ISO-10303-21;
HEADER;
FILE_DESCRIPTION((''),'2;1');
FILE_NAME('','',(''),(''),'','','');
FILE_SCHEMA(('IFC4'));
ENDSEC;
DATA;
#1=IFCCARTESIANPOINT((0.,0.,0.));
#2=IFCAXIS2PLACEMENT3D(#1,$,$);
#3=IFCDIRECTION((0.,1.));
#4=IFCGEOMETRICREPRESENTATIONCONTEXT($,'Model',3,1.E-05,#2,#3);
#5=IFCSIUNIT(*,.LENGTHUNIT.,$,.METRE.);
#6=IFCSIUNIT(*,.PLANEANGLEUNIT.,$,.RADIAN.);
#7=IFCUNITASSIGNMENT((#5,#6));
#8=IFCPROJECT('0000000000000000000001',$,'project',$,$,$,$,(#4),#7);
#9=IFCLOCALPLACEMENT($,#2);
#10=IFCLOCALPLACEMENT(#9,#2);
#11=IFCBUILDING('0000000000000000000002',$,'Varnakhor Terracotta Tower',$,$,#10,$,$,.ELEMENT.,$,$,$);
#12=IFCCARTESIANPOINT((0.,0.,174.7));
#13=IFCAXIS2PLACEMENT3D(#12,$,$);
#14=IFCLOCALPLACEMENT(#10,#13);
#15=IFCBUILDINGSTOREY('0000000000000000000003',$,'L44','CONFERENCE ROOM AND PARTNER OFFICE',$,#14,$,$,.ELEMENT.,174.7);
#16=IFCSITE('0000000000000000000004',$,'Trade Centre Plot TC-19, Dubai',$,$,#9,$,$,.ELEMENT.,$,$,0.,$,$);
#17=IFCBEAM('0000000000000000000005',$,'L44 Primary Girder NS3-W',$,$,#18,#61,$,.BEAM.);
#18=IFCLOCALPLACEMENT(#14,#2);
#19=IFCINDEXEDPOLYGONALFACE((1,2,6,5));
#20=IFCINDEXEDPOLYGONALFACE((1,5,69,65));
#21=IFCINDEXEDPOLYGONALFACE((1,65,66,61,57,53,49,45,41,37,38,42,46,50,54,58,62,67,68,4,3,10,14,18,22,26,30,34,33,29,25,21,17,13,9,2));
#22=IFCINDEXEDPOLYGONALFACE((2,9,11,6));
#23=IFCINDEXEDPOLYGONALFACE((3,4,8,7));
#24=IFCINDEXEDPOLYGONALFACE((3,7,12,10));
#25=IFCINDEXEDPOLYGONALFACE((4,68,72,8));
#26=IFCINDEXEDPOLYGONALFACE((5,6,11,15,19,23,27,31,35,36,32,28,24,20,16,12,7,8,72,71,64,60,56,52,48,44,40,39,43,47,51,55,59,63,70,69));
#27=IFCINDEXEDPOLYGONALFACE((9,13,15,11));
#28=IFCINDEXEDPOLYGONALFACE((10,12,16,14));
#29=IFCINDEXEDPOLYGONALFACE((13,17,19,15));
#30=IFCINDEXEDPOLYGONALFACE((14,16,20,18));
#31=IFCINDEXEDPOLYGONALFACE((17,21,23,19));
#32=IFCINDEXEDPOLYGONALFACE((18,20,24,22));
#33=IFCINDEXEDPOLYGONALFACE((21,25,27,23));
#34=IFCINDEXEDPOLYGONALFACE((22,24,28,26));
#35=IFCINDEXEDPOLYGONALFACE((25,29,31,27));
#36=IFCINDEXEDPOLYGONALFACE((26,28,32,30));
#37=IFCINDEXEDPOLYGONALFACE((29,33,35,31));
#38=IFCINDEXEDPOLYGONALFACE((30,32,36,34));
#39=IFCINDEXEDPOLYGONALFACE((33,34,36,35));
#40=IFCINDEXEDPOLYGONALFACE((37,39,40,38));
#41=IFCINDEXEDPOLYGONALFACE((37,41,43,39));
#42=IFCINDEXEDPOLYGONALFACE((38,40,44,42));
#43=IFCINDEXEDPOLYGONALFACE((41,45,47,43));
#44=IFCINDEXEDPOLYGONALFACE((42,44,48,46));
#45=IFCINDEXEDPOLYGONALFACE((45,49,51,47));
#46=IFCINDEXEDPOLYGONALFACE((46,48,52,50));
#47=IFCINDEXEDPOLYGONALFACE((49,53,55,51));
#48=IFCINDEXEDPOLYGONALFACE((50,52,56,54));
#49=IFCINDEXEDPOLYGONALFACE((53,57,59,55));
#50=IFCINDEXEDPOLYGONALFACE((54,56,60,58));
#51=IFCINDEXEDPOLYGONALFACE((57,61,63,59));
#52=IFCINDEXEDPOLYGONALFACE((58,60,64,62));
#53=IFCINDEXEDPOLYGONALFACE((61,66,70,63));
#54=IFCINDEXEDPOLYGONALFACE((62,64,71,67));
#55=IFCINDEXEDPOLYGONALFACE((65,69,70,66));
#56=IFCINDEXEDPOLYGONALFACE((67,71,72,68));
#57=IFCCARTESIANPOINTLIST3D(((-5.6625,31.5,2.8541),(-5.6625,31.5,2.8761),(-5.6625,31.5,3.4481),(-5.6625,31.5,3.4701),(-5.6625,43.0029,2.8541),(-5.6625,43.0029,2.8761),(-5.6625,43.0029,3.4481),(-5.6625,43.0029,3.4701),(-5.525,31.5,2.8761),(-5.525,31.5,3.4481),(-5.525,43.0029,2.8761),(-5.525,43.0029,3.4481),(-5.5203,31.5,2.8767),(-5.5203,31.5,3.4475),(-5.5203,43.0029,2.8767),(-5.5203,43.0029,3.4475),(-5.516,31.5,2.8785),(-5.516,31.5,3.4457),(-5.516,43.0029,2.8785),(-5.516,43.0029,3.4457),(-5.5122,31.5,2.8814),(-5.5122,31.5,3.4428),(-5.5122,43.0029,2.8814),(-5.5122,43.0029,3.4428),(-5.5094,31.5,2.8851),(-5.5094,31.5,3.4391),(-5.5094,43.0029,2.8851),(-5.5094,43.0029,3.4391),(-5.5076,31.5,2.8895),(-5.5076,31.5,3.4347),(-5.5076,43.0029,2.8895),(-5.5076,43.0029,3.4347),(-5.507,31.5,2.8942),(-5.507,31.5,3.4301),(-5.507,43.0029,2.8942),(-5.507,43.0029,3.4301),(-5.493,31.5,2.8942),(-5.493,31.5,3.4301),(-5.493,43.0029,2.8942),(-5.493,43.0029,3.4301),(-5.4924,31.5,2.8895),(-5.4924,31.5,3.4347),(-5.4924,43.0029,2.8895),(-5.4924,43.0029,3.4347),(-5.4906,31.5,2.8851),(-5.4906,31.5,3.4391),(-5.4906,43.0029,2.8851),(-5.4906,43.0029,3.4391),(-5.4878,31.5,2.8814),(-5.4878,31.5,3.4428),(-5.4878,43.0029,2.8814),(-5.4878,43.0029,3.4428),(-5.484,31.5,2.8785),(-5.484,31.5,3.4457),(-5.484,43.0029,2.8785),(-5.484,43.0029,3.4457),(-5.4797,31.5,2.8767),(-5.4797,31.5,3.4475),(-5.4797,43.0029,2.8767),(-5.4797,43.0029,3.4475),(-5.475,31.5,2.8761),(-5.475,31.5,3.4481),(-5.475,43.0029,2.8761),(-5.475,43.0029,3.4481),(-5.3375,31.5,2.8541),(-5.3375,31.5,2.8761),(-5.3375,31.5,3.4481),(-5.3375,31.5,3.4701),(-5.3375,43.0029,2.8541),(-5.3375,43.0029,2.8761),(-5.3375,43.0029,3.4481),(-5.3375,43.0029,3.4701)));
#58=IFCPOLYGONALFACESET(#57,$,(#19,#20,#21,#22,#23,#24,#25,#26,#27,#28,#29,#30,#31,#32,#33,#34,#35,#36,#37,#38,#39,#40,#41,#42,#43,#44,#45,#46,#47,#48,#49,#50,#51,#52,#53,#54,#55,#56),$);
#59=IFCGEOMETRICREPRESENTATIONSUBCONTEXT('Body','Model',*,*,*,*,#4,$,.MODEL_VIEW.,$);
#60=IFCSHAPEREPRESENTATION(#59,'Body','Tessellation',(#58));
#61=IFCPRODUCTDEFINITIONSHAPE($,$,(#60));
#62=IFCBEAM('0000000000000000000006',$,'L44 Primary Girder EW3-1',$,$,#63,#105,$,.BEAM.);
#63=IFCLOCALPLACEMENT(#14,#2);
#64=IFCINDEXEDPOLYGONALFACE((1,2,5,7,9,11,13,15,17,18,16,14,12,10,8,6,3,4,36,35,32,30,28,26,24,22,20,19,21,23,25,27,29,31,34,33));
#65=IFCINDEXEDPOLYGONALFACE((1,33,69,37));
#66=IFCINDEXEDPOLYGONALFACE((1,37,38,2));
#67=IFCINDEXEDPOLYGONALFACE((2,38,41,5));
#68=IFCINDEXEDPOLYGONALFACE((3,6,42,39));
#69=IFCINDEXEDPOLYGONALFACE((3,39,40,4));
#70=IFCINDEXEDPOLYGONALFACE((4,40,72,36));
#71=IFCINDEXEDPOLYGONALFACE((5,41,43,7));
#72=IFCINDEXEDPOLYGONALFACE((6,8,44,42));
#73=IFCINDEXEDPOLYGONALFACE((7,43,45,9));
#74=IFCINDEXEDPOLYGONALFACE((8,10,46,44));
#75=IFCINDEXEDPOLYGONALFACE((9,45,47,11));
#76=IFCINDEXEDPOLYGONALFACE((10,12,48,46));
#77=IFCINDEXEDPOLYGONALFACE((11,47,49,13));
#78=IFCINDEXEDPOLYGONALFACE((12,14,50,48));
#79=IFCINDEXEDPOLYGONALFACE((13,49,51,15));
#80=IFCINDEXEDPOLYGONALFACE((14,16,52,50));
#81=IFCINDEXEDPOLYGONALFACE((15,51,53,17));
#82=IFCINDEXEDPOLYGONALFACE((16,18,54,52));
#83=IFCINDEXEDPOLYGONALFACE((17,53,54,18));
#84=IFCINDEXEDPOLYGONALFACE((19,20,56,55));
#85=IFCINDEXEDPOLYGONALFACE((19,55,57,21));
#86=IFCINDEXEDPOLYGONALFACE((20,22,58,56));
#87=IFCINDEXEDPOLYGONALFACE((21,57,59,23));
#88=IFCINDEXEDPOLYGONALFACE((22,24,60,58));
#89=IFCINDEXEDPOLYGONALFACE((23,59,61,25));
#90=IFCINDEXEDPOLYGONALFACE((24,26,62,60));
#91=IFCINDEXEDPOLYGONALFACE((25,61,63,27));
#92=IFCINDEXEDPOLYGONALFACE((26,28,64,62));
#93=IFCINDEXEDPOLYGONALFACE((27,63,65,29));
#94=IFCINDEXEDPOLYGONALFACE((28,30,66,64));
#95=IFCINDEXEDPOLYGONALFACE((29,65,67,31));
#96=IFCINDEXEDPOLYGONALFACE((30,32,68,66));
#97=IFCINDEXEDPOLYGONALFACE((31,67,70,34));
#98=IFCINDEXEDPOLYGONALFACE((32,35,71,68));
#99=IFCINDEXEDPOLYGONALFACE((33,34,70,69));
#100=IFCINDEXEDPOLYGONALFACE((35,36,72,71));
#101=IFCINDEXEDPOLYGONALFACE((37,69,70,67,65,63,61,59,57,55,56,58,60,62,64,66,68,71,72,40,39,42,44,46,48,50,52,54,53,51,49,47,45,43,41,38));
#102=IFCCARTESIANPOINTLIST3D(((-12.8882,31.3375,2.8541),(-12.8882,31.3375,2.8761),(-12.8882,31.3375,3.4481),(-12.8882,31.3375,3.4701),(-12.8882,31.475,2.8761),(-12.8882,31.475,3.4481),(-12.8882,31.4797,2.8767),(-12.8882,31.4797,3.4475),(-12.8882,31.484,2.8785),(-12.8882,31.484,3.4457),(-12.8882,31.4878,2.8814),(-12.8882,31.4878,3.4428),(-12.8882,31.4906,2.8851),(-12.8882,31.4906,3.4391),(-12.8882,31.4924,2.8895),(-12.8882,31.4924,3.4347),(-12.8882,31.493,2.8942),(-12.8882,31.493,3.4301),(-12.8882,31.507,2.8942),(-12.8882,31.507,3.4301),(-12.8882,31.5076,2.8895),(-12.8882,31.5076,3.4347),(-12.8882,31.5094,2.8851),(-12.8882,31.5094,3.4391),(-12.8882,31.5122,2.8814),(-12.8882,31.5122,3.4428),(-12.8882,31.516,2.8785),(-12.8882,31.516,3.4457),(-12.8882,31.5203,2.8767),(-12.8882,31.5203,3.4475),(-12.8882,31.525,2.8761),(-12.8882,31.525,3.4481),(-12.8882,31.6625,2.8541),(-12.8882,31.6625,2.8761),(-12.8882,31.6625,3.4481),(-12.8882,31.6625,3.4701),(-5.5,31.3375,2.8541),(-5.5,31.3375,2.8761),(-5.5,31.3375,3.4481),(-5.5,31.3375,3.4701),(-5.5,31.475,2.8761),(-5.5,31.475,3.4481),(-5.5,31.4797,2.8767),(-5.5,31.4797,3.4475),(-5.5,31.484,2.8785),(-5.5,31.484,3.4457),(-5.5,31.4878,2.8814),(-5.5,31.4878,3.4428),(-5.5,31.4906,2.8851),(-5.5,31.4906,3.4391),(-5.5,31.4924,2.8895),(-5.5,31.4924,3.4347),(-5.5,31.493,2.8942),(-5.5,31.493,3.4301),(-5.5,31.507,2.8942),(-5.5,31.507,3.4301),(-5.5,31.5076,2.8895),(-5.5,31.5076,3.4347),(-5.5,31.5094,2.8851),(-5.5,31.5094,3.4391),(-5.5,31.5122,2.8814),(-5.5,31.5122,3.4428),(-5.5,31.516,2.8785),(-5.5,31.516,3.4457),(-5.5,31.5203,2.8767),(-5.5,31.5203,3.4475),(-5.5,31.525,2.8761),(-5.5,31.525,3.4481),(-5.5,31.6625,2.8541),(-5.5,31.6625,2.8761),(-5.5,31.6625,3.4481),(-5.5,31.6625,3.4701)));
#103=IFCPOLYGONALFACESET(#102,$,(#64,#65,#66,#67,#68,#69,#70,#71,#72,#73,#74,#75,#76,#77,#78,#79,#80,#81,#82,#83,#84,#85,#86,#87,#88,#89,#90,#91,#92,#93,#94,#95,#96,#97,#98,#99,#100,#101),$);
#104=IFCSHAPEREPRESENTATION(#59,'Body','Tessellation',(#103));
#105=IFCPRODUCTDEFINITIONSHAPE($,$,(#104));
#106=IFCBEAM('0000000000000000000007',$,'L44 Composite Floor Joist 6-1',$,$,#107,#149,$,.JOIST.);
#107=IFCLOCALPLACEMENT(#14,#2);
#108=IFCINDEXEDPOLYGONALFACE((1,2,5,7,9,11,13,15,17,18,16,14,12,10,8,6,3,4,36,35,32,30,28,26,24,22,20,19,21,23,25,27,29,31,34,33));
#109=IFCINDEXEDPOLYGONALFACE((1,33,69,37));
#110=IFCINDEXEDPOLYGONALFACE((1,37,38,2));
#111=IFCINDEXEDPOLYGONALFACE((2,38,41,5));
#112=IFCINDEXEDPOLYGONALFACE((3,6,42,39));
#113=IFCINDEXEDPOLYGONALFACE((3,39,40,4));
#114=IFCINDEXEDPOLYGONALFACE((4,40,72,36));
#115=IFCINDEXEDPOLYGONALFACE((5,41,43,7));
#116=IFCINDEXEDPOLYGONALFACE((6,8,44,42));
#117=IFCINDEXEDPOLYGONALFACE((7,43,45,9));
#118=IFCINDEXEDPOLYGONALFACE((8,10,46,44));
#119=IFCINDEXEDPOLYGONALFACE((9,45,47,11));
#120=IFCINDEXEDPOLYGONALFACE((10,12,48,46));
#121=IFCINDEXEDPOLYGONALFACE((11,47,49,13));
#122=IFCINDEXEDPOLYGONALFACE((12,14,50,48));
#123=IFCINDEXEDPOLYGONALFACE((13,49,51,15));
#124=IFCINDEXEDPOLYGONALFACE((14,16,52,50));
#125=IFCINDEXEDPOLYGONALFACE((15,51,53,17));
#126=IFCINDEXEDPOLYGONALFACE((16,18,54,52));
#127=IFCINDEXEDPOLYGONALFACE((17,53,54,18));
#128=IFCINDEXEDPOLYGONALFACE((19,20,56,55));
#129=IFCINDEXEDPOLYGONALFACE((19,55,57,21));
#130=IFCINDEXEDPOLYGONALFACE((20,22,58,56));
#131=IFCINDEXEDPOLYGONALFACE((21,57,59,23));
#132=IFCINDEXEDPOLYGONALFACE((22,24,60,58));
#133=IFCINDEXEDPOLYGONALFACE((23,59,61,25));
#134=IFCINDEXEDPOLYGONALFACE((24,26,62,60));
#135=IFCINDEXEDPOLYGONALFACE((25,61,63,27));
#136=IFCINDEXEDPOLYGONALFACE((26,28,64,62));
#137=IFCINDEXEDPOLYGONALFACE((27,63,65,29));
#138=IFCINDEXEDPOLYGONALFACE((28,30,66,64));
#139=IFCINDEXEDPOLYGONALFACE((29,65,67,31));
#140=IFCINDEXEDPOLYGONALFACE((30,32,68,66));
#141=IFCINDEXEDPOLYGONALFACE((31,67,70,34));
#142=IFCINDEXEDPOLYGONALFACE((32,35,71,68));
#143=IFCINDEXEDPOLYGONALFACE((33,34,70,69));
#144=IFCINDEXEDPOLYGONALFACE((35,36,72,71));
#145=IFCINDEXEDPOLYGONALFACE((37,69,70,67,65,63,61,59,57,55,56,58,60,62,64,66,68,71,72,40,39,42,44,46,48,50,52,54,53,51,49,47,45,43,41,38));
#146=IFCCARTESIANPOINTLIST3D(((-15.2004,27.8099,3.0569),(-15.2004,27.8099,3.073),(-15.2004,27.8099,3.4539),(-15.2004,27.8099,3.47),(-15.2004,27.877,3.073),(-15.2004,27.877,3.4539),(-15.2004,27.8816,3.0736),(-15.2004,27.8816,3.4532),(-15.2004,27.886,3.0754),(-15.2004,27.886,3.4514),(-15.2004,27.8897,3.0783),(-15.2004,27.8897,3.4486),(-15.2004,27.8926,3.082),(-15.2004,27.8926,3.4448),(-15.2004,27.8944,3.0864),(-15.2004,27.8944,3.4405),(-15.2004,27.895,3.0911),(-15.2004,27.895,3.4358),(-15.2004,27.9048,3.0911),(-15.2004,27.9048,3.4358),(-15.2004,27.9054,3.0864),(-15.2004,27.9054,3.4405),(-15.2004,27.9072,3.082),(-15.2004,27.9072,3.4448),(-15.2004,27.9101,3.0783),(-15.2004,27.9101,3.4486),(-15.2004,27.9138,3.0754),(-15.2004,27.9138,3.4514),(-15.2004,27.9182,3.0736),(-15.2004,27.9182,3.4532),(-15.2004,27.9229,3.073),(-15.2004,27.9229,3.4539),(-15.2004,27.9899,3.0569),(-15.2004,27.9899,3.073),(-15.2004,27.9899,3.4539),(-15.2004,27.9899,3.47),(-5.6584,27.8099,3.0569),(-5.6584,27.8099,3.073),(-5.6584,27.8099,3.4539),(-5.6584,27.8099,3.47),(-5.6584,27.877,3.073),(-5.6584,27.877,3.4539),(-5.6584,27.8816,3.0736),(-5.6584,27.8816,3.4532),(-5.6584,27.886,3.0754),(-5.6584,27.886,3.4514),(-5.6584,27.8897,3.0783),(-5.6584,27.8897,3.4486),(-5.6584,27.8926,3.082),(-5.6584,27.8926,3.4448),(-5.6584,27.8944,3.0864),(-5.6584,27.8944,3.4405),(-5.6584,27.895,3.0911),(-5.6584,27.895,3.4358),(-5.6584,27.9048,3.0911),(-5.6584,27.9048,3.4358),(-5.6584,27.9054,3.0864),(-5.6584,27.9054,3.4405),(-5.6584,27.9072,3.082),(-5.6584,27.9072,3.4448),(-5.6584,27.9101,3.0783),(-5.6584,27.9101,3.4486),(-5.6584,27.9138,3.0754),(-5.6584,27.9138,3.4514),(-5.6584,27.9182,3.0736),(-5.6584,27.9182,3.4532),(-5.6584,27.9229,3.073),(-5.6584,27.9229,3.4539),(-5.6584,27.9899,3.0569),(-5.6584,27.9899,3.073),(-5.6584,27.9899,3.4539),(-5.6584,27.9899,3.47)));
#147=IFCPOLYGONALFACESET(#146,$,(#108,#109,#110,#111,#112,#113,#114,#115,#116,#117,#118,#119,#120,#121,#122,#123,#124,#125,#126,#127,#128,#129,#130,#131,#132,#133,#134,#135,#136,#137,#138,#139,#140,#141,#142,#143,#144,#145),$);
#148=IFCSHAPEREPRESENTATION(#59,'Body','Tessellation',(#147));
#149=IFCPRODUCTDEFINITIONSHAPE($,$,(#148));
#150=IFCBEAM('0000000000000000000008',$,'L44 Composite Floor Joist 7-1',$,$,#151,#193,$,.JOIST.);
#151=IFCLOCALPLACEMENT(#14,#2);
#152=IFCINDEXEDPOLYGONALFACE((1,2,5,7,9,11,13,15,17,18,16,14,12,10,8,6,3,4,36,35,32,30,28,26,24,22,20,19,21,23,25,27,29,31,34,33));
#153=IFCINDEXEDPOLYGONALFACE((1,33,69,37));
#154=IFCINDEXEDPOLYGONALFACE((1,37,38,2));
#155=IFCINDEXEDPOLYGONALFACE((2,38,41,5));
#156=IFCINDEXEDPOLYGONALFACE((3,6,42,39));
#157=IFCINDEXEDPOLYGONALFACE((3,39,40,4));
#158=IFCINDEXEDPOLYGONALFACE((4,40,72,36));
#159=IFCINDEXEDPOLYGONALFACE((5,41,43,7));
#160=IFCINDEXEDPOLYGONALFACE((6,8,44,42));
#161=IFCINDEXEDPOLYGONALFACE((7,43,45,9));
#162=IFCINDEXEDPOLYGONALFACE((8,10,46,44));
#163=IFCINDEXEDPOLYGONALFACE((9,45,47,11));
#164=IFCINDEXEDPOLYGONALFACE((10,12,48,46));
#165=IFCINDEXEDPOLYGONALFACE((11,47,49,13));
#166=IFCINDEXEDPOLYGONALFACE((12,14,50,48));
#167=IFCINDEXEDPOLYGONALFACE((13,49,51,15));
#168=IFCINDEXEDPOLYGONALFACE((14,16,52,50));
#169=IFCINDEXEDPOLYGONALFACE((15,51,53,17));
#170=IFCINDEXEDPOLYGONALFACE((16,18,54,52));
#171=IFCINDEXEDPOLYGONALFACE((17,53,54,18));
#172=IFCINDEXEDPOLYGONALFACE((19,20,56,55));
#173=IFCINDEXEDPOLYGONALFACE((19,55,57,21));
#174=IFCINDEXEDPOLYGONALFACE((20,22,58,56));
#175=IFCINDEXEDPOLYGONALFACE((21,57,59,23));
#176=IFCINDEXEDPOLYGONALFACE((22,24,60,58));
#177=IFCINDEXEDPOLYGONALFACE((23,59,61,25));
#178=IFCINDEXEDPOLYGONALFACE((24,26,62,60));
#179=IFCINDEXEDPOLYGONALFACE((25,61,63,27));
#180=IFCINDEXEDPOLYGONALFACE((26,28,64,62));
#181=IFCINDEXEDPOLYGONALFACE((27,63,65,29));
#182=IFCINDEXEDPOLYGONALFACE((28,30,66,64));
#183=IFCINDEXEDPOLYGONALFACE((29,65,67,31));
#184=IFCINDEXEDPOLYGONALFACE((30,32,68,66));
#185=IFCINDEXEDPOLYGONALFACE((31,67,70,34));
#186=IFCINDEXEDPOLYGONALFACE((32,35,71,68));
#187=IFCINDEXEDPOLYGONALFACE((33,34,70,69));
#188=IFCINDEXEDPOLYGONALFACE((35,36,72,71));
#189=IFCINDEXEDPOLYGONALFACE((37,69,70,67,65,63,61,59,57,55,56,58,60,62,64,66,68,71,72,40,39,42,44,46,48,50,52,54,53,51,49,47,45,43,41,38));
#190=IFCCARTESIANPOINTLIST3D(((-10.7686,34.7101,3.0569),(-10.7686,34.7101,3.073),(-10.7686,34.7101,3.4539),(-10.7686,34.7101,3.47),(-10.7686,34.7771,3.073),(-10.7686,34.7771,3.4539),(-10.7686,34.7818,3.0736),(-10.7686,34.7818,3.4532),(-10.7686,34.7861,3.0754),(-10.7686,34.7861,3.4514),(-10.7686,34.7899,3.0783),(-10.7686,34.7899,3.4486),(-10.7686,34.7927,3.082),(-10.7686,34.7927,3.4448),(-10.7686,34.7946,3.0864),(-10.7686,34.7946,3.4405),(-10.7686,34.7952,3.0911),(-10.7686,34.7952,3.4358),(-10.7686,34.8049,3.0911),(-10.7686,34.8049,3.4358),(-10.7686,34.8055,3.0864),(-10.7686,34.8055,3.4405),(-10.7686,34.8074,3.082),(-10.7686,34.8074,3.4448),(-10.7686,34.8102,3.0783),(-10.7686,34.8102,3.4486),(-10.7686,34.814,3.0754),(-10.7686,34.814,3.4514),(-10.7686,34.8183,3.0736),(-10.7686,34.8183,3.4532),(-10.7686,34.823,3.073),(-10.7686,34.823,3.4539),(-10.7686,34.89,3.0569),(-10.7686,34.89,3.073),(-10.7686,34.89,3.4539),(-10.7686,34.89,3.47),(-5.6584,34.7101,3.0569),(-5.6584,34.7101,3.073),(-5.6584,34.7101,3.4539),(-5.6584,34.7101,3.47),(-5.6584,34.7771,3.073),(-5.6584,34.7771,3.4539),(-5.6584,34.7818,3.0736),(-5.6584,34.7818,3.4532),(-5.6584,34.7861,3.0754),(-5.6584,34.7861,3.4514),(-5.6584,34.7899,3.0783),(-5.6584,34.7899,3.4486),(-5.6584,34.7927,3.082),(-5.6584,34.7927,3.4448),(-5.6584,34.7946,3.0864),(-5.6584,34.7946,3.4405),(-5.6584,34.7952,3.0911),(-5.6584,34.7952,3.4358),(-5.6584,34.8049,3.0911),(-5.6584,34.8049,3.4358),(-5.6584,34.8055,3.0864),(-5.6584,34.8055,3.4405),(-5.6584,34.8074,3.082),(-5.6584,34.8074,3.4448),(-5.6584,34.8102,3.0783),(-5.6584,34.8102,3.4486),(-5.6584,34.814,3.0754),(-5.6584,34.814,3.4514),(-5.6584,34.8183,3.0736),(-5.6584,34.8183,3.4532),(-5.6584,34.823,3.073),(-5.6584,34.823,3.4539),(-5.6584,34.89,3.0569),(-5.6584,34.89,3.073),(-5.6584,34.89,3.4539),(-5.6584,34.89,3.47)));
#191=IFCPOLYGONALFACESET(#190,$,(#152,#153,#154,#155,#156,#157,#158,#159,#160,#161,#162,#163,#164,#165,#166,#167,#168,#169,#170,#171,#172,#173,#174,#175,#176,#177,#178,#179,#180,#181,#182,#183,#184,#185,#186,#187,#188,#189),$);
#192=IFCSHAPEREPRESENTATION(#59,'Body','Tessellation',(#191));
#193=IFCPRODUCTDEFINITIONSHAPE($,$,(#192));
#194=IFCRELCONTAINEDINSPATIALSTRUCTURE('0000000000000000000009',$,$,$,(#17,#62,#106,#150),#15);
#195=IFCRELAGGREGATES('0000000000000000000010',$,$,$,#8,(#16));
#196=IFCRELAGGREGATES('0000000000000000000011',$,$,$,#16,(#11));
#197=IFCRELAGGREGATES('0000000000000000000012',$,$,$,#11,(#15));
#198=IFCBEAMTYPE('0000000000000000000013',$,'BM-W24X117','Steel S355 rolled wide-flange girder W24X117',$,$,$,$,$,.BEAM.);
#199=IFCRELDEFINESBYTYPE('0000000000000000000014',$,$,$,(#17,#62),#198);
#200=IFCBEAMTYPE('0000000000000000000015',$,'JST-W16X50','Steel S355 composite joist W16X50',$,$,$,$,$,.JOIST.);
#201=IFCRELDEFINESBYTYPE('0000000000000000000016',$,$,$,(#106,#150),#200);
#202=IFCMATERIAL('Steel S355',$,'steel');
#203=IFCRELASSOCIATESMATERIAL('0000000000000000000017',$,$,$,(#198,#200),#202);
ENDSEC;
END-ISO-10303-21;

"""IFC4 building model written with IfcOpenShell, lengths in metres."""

from ifc_helpers import new_model, si_unit, direction, frame, origin, origin_2d, place, context, subcontext, project, spatial, i_section, extrude, source, transform, mapped, material, material_profile, profile_set, type_object, element, save


model = new_model("IFC4")

# Units and contexts
model_context = context("Model", 3, precision=1e-05, world=origin(), true_north=direction((0.0, 1.0)))
body_context = subcontext(model_context, "Body", "Model", "MODEL_VIEW")
ifc_project = project(units=[si_unit("LENGTHUNIT", "METRE"), si_unit("PLANEANGLEUNIT", "RADIAN")], contexts=[model_context])

# Site, building, storey
site_placement = place(None, origin())
site = spatial("IfcSite", under=ifc_project, at=site_placement, Name="Trade Centre Plot TC-19, Dubai", CompositionType="ELEMENT", RefElevation=0.0)
building_placement = place(site_placement, origin())
building = spatial("IfcBuilding", under=site, at=building_placement, Name="Varnakhor Terracotta Tower", CompositionType="ELEMENT")
storey_placement = place(building_placement, frame((0.0, 0.0, 174.7)))
storey = spatial("IfcBuildingStorey", under=building, at=storey_placement, Name="L44", Description="CONFERENCE ROOM AND PARTNER OFFICE", CompositionType="ELEMENT", Elevation=174.7)

# Beams
ifc_material_1 = material(Name="Steel S355", Category="steel")
ifc_material_profile_1 = material_profile(ifc_material_1, i_section(OverallWidth=0.325, OverallDepth=0.616, WebThickness=0.0139, FlangeThickness=0.022, FilletRadius=0.0181, at=origin_2d()), Name="W24X117")
ifc_profile_set_1 = profile_set([ifc_material_profile_1], Name="Steel S355")
beam_type_1 = type_object("IfcBeamType", Name="BM-W24X117", Description="Steel S355 rolled wide-flange girder W24X117", PredefinedType="BEAM", material=ifc_profile_set_1)
ifc_material_profile_2 = material_profile(ifc_material_1, i_section(OverallWidth=0.1799, OverallDepth=0.4131, WebThickness=0.0098, FlangeThickness=0.0161, FilletRadius=0.0181, at=origin_2d()), Name="W16X50")
ifc_profile_set_2 = profile_set([ifc_material_profile_2], Name="Steel S355")
beam_type_2 = type_object("IfcBeamType", Name="JST-W16X50", Description="Steel S355 composite joist W16X50", PredefinedType="JOIST", material=ifc_profile_set_2)
shared_shape_1 = source(origin(), body_context, "Body", "SweptSolid", [
    extrude(i_section(OverallWidth=0.325, OverallDepth=0.616, WebThickness=0.0139, FlangeThickness=0.022, FilletRadius=0.0181, at=origin_2d()), origin(), (0.0, 0.0, 1.0), 11.5029),
])
beam_1_placement = place(storey_placement, frame((-5.5, 31.5, 3.1621), z_axis=(0.0, 1.0, 0.0), x_axis=(-1.0, 0.0, 0.0)))
element("IfcBeam", 1, at=beam_1_placement, inside=storey, type_object=beam_type_1, Name="L44 Primary Girder NS3-W", PredefinedType="BEAM", context=body_context, shape_type="MappedRepresentation", body=[
    mapped(shared_shape_1, transform((0.0, 0.0, 0.0), scale=1.0)),
])
shared_shape_2 = source(origin(), body_context, "Body", "SweptSolid", [
    extrude(i_section(OverallWidth=0.325, OverallDepth=0.616, WebThickness=0.0139, FlangeThickness=0.022, FilletRadius=0.0181, at=origin_2d()), origin(), (0.0, 0.0, 1.0), 7.3882),
])
beam_2_placement = place(storey_placement, frame((-12.8882, 31.5, 3.1621), z_axis=(1.0, 0.0, 0.0), x_axis=(0.0, 1.0, 0.0)))
element("IfcBeam", 2, at=beam_2_placement, inside=storey, type_object=beam_type_1, Name="L44 Primary Girder EW3-1", PredefinedType="BEAM", context=body_context, shape_type="MappedRepresentation", body=[
    mapped(shared_shape_2, transform((0.0, 0.0, 0.0), scale=1.0)),
])
shared_shape_3 = source(origin(), body_context, "Body", "SweptSolid", [
    extrude(i_section(OverallWidth=0.1799, OverallDepth=0.4131, WebThickness=0.0098, FlangeThickness=0.0161, FilletRadius=0.0181, at=origin_2d()), origin(), (0.0, 0.0, 1.0), 9.542),
])
beam_3_placement = place(storey_placement, frame((-15.2004, 27.8999, 3.2634), z_axis=(1.0, 0.0, 0.0), x_axis=(0.0, 1.0, 0.0)))
element("IfcBeam", 3, at=beam_3_placement, inside=storey, type_object=beam_type_2, Name="L44 Composite Floor Joist 6-1", PredefinedType="JOIST", context=body_context, shape_type="MappedRepresentation", body=[
    mapped(shared_shape_3, transform((0.0, 0.0, 0.0), scale=1.0)),
])
shared_shape_4 = source(origin(), body_context, "Body", "SweptSolid", [
    extrude(i_section(OverallWidth=0.1799, OverallDepth=0.4131, WebThickness=0.0098, FlangeThickness=0.0161, FilletRadius=0.0181, at=origin_2d()), origin(), (0.0, 0.0, 1.0), 5.1101),
])
beam_4_placement = place(storey_placement, frame((-10.7686, 34.8, 3.2634), z_axis=(1.0, 0.0, 0.0), x_axis=(0.0, 1.0, 0.0)))
element("IfcBeam", 4, at=beam_4_placement, inside=storey, type_object=beam_type_2, Name="L44 Composite Floor Joist 7-1", PredefinedType="JOIST", context=body_context, shape_type="MappedRepresentation", body=[
    mapped(shared_shape_4, transform((0.0, 0.0, 0.0), scale=1.0)),
])

save(model, "model.ifc")
